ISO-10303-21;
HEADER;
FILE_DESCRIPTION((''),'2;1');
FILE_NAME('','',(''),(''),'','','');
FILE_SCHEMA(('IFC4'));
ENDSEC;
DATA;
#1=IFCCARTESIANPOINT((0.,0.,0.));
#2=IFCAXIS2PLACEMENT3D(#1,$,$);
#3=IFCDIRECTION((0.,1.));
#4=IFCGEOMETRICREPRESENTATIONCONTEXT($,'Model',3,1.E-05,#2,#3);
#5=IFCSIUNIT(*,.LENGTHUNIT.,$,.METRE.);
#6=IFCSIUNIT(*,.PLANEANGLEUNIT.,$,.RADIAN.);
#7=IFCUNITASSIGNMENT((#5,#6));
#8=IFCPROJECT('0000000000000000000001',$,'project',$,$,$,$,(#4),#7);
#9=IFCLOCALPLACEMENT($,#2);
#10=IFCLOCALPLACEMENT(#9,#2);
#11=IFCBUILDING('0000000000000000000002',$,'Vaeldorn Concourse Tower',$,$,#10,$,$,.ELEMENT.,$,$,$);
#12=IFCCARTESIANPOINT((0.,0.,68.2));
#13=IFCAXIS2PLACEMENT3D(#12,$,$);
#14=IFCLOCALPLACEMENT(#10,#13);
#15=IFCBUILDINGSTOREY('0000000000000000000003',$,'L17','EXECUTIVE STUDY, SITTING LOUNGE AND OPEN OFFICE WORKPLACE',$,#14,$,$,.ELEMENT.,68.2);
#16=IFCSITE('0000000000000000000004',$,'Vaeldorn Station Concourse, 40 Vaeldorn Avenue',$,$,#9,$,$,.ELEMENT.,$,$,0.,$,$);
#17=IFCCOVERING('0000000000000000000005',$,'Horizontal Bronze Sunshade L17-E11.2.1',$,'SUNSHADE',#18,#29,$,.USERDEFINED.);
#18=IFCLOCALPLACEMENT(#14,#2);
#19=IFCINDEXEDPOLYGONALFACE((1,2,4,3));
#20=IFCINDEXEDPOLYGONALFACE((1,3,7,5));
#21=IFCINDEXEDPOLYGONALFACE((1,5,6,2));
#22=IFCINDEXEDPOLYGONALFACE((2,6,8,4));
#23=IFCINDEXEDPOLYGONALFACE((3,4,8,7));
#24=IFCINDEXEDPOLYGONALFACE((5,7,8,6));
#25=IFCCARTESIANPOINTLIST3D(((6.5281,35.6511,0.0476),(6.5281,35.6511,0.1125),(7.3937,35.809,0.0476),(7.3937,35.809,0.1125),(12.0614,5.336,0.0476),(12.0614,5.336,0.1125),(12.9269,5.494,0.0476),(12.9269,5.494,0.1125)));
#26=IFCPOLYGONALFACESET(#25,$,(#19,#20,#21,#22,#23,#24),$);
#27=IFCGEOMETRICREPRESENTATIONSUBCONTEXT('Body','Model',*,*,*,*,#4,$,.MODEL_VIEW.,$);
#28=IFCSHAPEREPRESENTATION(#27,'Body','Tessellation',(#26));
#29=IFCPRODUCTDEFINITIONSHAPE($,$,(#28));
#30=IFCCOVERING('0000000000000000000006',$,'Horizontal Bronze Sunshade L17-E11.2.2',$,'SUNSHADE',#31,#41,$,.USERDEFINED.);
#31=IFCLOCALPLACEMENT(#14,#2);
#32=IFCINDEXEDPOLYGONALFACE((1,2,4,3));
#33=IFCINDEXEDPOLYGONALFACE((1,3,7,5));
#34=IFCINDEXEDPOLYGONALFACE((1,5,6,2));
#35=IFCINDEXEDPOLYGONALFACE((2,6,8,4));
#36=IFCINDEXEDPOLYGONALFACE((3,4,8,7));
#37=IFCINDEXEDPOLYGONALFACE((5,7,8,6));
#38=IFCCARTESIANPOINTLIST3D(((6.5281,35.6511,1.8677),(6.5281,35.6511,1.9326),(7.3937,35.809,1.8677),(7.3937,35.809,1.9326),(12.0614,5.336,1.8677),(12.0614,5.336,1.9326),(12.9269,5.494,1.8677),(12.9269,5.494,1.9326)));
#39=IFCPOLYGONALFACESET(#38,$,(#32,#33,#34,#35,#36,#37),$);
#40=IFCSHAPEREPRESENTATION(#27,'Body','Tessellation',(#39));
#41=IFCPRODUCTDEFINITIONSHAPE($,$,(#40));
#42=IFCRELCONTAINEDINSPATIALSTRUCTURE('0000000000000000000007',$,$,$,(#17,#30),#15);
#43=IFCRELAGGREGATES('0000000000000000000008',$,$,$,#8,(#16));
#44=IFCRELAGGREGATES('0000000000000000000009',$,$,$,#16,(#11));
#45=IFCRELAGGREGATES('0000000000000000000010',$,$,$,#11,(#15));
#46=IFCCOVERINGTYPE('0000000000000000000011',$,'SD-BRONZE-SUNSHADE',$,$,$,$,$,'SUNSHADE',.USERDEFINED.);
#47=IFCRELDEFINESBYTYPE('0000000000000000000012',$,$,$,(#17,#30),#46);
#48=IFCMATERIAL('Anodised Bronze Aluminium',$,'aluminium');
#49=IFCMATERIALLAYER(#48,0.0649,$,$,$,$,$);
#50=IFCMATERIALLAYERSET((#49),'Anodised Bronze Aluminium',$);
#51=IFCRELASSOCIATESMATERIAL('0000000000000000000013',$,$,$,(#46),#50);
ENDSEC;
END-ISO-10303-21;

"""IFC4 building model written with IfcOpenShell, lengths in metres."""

from ifc_helpers import new_model, si_unit, direction, frame, origin, origin_2d, place, context, subcontext, project, spatial, rectangle, extrude, source, transform, mapped, material, layer, layer_set, type_object, element, save


model = new_model("IFC4")

# Units and contexts
model_context = context("Model", 3, precision=1e-05, world=origin(), true_north=direction((0.0, 1.0)))
body_context = subcontext(model_context, "Body", "Model", "MODEL_VIEW")
ifc_project = project(units=[si_unit("LENGTHUNIT", "METRE"), si_unit("PLANEANGLEUNIT", "RADIAN")], contexts=[model_context])

# Site, building, storey
site_placement = place(None, origin())
site = spatial("IfcSite", under=ifc_project, at=site_placement, Name="Vaeldorn Station Concourse, 40 Vaeldorn Avenue", CompositionType="ELEMENT", RefElevation=0.0)
building_placement = place(site_placement, origin())
building = spatial("IfcBuilding", under=site, at=building_placement, Name="Vaeldorn Concourse Tower", CompositionType="ELEMENT")
storey_placement = place(building_placement, frame((0.0, 0.0, 68.2)))
storey = spatial("IfcBuildingStorey", under=building, at=storey_placement, Name="L17", Description="EXECUTIVE STUDY, SITTING LOUNGE AND OPEN OFFICE WORKPLACE", CompositionType="ELEMENT", Elevation=68.2)

# Shared definitions
ifc_material_1 = material(Name="Anodised Bronze Aluminium", Category="aluminium")

# Coverings
ifc_layer_1 = layer(ifc_material_1, 0.0649)
ifc_layer_set_1 = layer_set([ifc_layer_1], Name="Anodised Bronze Aluminium")
covering_type = type_object("IfcCoveringType", Name="SD-BRONZE-SUNSHADE", ElementType="SUNSHADE", PredefinedType="USERDEFINED", material=ifc_layer_set_1)
shared_shape_1 = source(origin(), body_context, "Body", "SweptSolid", [
    extrude(rectangle(XDim=30.8159, YDim=0.8799, at=origin_2d()), origin(), (0.0, 0.0, 1.0), 0.0649),
])
for number, where, z_axis, x_axis, name in (
    (1, (9.7275, 20.5725, 0.0476), (0.0, 0.0, 1.0), (0.179558, -0.983747, 0.0), "Horizontal Bronze Sunshade L17-E11.2.1"),
    (2, (9.7275, 20.5725, 1.8677), (0.0, 0.0, 1.0), (0.179558, -0.983747, 0.0), "Horizontal Bronze Sunshade L17-E11.2.2"),
):
    element("IfcCovering", number, at=place(storey_placement, frame(where, z_axis=z_axis, x_axis=x_axis)), inside=storey, type_object=covering_type, Name=name, ObjectType="SUNSHADE", PredefinedType="USERDEFINED", context=body_context, shape_type="MappedRepresentation", body=[
        mapped(shared_shape_1, transform((0.0, 0.0, 0.0), scale=1.0)),
    ])

save(model, "model.ifc")
